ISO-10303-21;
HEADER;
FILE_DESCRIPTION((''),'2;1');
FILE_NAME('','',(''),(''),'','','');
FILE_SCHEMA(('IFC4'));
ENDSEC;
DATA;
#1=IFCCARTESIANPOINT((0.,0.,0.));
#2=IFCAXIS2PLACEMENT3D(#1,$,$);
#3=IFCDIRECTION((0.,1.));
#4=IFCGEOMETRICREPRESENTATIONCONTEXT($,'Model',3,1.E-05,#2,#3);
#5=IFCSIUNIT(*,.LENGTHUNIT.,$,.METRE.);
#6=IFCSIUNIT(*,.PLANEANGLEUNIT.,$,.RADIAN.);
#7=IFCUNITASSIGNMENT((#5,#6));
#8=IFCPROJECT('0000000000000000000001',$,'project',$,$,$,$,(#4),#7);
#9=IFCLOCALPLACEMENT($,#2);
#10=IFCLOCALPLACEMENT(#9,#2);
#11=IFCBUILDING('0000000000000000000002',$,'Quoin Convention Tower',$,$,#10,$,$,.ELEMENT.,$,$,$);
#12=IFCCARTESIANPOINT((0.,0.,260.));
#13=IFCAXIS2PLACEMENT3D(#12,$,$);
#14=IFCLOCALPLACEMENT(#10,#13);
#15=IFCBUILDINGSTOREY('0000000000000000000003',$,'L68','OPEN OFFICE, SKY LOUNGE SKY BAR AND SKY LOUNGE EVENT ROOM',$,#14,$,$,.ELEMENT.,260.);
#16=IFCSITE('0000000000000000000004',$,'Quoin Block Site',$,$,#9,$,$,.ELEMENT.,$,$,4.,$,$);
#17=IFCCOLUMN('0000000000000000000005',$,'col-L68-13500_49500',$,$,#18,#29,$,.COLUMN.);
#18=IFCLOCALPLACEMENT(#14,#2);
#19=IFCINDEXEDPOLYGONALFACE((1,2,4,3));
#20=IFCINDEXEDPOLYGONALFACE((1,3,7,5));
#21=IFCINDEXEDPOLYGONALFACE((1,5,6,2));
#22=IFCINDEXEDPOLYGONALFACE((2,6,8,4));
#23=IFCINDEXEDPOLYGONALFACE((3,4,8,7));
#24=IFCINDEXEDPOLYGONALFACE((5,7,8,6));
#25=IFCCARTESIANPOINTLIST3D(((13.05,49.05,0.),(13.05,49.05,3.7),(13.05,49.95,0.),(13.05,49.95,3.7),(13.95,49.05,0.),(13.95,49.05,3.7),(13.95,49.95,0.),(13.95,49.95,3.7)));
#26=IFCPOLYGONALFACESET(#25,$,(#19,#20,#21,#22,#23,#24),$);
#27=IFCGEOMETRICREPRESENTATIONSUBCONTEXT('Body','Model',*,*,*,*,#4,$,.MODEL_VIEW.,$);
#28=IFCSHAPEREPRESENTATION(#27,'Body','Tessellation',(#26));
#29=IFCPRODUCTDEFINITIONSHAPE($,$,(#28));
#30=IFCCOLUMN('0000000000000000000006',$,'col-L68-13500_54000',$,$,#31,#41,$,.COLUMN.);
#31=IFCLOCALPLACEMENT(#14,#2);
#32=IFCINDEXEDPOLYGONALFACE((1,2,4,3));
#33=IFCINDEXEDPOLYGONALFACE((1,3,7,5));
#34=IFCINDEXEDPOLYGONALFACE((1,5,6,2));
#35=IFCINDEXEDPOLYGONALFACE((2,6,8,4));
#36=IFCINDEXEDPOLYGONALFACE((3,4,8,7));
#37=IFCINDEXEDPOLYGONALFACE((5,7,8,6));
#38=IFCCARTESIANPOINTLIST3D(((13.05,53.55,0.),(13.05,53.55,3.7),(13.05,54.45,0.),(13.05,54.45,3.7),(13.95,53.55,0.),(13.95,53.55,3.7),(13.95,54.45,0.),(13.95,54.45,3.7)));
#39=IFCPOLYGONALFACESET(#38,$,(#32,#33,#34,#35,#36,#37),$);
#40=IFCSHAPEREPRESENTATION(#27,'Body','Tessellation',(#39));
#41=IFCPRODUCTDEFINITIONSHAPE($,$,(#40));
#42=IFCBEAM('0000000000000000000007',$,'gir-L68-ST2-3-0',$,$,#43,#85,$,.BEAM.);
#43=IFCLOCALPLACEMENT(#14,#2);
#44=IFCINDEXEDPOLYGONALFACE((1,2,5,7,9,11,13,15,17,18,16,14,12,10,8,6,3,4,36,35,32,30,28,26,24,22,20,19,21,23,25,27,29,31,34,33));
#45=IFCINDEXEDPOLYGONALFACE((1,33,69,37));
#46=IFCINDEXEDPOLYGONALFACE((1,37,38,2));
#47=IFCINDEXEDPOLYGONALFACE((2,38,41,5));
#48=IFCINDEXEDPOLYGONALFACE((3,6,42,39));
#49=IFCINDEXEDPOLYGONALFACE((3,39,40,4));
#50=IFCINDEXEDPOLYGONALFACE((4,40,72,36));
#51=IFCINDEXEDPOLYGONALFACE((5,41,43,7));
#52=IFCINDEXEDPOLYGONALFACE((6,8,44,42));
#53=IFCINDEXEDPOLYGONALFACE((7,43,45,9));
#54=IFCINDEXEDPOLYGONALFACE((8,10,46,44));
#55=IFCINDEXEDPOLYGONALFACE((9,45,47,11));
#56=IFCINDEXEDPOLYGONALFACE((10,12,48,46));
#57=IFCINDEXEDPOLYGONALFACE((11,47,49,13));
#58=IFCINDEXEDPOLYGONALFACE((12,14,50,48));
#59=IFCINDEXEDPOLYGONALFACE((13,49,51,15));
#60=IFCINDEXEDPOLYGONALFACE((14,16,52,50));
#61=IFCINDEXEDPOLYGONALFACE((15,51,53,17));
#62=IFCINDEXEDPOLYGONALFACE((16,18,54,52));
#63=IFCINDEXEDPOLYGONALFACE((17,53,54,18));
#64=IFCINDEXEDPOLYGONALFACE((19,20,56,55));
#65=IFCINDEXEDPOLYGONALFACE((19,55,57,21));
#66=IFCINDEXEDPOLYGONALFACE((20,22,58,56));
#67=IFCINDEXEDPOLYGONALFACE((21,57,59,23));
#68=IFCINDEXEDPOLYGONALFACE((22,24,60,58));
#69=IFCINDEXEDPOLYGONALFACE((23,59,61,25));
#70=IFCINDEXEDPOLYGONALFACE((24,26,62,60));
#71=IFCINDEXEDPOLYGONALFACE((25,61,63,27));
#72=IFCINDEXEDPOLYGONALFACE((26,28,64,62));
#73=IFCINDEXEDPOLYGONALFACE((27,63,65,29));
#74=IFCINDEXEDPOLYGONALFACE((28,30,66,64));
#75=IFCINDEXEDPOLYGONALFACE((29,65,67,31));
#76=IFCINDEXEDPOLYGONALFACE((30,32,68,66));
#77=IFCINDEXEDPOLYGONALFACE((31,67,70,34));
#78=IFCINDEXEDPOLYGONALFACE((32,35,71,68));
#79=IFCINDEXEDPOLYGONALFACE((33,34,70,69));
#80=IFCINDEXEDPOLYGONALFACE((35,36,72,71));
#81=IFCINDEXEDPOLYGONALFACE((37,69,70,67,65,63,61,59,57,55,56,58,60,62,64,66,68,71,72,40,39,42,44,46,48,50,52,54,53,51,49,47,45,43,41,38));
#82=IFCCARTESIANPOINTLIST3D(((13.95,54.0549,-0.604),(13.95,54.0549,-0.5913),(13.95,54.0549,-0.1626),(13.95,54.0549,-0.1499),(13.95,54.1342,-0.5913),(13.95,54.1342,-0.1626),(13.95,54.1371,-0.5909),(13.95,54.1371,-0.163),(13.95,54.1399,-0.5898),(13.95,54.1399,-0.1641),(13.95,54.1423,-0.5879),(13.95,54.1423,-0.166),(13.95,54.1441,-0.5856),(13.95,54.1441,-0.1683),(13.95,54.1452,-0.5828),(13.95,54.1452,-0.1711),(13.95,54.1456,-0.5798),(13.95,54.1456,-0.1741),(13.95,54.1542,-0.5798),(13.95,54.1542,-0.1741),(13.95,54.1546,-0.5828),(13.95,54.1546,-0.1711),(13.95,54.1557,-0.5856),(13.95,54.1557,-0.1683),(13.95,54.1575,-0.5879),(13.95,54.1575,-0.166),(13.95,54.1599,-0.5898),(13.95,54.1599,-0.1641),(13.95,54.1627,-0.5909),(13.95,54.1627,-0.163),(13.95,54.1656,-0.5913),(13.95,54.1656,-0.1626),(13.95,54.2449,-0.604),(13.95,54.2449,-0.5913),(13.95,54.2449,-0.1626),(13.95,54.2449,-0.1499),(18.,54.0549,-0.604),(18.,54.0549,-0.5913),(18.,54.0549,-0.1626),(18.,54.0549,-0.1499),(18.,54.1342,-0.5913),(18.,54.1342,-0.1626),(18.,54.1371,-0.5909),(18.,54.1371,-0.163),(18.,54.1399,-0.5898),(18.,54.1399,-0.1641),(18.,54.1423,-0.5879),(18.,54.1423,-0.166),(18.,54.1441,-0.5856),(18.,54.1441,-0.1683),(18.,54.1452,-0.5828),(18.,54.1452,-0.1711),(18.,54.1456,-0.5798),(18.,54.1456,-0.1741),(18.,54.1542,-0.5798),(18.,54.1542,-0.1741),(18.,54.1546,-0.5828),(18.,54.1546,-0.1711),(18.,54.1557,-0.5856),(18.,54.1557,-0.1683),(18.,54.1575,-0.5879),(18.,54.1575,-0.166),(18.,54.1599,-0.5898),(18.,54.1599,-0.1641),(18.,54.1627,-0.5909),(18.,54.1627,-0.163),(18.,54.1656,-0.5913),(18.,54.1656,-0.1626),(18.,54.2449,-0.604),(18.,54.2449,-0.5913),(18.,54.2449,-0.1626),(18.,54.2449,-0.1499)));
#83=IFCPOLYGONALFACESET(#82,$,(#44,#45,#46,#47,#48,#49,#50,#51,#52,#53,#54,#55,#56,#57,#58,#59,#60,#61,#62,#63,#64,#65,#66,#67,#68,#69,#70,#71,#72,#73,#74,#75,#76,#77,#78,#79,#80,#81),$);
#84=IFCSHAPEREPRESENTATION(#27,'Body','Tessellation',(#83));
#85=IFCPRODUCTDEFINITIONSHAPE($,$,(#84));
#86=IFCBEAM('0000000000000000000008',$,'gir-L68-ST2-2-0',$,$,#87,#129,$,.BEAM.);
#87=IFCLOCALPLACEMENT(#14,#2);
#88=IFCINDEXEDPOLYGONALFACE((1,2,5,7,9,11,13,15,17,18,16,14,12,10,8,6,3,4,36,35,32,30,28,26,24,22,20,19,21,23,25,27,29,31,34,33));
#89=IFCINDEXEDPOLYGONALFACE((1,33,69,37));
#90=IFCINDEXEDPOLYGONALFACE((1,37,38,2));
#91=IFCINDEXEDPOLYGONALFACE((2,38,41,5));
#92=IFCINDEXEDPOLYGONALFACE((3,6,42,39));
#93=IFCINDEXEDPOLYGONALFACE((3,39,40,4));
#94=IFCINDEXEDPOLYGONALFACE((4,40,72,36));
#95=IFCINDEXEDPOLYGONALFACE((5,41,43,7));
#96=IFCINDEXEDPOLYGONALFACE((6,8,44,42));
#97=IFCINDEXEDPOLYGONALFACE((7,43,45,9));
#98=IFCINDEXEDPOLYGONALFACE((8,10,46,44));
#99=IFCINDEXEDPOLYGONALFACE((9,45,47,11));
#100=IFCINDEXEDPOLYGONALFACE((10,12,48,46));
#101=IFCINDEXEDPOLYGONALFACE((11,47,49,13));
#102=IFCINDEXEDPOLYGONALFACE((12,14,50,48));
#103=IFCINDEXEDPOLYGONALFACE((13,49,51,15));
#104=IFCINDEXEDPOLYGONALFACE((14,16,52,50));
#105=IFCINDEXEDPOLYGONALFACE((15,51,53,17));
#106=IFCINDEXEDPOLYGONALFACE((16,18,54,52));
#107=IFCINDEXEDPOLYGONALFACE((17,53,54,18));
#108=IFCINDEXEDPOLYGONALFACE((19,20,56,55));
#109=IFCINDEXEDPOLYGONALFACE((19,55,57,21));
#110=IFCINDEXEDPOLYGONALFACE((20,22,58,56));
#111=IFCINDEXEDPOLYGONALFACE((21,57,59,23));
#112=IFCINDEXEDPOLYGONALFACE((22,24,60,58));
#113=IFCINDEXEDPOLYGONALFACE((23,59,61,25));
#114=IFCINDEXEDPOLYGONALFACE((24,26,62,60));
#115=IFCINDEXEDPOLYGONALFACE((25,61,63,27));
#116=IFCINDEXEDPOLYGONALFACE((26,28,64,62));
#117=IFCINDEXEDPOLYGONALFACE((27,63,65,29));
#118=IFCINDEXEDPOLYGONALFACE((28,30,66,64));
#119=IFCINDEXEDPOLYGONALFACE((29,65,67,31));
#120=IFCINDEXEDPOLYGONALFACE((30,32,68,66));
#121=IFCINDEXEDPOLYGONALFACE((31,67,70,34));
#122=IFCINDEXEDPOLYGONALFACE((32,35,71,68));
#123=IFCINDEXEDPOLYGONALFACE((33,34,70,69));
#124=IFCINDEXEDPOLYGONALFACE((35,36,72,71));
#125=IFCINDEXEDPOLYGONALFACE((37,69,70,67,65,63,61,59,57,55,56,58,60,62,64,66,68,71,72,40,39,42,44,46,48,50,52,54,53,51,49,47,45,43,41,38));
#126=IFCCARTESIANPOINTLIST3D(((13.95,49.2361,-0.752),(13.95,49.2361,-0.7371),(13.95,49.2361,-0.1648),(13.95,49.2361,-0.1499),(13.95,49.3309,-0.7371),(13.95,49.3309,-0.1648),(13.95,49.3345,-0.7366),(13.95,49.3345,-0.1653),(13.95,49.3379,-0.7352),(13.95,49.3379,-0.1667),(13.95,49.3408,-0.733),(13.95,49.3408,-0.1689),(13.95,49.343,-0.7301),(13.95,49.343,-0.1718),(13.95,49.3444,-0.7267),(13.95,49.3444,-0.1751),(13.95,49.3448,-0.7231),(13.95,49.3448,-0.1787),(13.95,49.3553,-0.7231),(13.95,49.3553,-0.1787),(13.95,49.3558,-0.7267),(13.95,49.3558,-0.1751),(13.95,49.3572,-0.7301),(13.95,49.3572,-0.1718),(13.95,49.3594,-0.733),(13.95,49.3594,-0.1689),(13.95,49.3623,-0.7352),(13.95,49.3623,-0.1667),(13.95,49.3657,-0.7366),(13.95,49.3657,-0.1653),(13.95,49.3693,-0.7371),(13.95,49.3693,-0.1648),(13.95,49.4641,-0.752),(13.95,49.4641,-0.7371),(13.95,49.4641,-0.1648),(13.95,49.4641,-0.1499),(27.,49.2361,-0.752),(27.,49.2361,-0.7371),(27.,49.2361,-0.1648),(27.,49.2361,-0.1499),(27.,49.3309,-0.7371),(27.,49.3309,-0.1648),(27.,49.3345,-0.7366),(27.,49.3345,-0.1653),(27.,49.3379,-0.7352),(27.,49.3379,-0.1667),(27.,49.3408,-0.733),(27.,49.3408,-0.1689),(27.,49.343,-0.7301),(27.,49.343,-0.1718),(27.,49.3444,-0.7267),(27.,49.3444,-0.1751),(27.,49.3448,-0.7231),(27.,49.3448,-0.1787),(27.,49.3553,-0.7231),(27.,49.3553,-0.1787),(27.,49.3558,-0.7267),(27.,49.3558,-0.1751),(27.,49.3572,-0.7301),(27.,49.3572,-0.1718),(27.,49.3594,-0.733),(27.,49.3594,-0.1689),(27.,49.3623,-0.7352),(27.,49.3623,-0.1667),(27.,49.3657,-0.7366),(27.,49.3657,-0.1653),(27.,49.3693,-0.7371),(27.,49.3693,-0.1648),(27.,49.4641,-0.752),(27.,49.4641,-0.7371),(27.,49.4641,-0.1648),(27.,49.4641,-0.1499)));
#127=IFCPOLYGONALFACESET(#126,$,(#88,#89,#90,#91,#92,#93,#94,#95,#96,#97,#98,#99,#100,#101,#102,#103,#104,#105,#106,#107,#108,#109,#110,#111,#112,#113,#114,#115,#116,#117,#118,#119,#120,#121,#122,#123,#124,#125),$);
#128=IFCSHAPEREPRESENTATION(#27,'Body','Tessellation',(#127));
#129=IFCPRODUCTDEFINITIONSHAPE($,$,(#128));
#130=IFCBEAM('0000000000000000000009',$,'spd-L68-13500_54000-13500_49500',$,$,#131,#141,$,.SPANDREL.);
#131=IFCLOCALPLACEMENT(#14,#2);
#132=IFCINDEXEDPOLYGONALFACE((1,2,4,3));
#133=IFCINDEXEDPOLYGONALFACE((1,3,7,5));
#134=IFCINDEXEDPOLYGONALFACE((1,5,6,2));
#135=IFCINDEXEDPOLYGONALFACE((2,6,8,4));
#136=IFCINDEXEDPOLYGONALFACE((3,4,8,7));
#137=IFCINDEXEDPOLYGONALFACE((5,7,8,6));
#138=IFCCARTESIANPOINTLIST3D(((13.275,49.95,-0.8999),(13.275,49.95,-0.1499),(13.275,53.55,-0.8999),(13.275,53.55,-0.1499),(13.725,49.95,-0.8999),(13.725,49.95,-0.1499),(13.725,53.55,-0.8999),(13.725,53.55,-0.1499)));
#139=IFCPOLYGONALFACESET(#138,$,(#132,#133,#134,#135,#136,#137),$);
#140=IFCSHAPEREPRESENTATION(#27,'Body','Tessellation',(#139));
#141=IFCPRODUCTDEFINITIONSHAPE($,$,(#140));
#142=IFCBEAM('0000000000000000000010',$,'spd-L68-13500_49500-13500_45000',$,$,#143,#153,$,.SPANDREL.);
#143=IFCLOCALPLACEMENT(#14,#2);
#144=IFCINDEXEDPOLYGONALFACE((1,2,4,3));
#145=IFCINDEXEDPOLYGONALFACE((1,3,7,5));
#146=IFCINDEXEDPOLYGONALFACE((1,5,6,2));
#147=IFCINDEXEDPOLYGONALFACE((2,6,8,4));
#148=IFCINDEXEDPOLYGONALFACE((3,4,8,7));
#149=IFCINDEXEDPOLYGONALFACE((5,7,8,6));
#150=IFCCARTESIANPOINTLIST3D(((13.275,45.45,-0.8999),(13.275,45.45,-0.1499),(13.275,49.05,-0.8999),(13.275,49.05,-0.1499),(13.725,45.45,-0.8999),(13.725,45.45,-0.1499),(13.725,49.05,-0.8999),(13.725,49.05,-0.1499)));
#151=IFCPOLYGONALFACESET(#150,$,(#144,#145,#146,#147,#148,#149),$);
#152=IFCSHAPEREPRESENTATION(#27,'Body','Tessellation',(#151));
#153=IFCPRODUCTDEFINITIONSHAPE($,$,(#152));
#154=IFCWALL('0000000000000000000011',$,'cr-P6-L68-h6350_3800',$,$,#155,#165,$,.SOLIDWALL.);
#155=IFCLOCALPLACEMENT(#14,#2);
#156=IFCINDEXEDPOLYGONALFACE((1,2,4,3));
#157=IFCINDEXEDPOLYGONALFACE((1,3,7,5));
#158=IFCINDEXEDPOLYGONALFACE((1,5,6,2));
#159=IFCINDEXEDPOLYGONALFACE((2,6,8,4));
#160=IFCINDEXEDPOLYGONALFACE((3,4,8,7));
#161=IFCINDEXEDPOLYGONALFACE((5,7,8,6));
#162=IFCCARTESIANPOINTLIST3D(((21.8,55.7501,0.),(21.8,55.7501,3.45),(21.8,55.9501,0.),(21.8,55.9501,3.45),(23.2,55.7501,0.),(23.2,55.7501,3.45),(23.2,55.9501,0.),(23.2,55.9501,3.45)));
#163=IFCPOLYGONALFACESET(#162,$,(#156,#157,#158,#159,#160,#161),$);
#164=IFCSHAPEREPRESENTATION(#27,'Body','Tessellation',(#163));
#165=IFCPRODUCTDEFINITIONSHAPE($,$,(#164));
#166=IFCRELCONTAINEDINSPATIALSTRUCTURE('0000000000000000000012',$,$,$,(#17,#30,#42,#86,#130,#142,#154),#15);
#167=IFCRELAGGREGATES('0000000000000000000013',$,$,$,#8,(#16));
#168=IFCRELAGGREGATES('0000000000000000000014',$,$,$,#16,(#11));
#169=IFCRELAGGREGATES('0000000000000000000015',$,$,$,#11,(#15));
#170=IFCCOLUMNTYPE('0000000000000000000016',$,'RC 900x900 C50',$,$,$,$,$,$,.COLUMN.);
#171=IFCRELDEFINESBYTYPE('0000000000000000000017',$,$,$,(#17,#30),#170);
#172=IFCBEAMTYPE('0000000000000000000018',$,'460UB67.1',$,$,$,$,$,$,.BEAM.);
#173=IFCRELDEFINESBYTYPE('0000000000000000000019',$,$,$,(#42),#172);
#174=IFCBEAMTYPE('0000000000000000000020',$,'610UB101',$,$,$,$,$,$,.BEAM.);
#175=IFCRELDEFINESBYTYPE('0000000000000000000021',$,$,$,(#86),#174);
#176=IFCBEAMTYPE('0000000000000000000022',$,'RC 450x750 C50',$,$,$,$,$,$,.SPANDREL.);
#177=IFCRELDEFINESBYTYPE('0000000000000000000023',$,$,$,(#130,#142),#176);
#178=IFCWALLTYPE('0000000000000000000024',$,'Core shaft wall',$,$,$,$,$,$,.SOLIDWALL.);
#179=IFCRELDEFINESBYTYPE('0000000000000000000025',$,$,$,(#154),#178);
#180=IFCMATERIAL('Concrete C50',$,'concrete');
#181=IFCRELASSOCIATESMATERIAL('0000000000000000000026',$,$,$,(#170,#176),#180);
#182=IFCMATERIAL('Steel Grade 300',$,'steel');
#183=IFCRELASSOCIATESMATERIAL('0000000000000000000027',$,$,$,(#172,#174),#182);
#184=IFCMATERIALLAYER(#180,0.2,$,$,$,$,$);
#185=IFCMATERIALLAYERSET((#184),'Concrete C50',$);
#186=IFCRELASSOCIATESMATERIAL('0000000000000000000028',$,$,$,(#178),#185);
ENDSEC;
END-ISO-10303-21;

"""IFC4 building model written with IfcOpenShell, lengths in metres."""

from ifc_helpers import new_model, si_unit, direction, frame, frame_2d, origin, origin_2d, place, context, subcontext, project, spatial, rectangle, i_section, extrude, material, layer, layer_set, material_profile, profile_set, type_object, element, save


model = new_model("IFC4")

# Units and contexts
model_context = context("Model", 3, precision=1e-05, world=origin(), true_north=direction((0.0, 1.0)))
body_context = subcontext(model_context, "Body", "Model", "MODEL_VIEW")
ifc_project = project(units=[si_unit("LENGTHUNIT", "METRE"), si_unit("PLANEANGLEUNIT", "RADIAN")], contexts=[model_context])

# Site, building, storey
site_placement = place(None, origin())
site = spatial("IfcSite", under=ifc_project, at=site_placement, Name="Quoin Block Site", CompositionType="ELEMENT", RefElevation=4.0)
building_placement = place(site_placement, origin())
building = spatial("IfcBuilding", under=site, at=building_placement, Name="Quoin Convention Tower", CompositionType="ELEMENT")
storey_placement = place(building_placement, frame((0.0, 0.0, 260.0)))
storey = spatial("IfcBuildingStorey", under=building, at=storey_placement, Name="L68", Description="OPEN OFFICE, SKY LOUNGE SKY BAR AND SKY LOUNGE EVENT ROOM", CompositionType="ELEMENT", Elevation=260.0)

# Columns
ifc_material_1 = material(Name="Concrete C50", Category="concrete")
ifc_material_profile_1 = material_profile(ifc_material_1, rectangle(XDim=0.8999, YDim=0.8999, at=origin_2d()), Name="RC 900x900")
ifc_profile_set_1 = profile_set([ifc_material_profile_1], Name="Concrete C50")
column_type = type_object("IfcColumnType", Name="RC 900x900 C50", PredefinedType="COLUMN", material=ifc_profile_set_1)
for number, where, z_axis, x_axis, name in (
    (1, (13.5, 49.5, 0.0), (0.0, 0.0, 1.0), (1.0, 0.0, 0.0), "col-L68-13500_49500"),
    (2, (13.5, 54.0, 0.0), (0.0, 0.0, 1.0), (1.0, 0.0, 0.0), "col-L68-13500_54000"),
):
    element("IfcColumn", number, at=place(storey_placement, frame(where, z_axis=z_axis, x_axis=x_axis)), inside=storey, type_object=column_type, Name=name, PredefinedType="COLUMN", context=body_context, shape_type="SweptSolid", body=[
        extrude(rectangle(XDim=0.8999, YDim=0.8999, at=origin_2d()), origin(), (0.0, 0.0, 1.0), 3.7),
    ])

# Beams
ifc_material_2 = material(Name="Steel Grade 300", Category="steel")
ifc_material_profile_2 = material_profile(ifc_material_2, i_section(OverallWidth=0.1899, OverallDepth=0.4541, WebThickness=0.0085, FlangeThickness=0.0127, FilletRadius=0.0115, at=origin_2d()), Name="460UB67.1")
ifc_profile_set_2 = profile_set([ifc_material_profile_2], Name="Steel Grade 300")
beam_type_1 = type_object("IfcBeamType", Name="460UB67.1", PredefinedType="BEAM", material=ifc_profile_set_2)
beam_1_placement = place(storey_placement, frame((13.95, 54.1499, -0.377), z_axis=(1.0, 0.0, 0.0), x_axis=(0.0, 1.0, 0.0)))
element("IfcBeam", 3, at=beam_1_placement, inside=storey, type_object=beam_type_1, Name="gir-L68-ST2-3-0", PredefinedType="BEAM", context=body_context, shape_type="SweptSolid", body=[
    extrude(i_section(OverallWidth=0.1899, OverallDepth=0.4541, WebThickness=0.0085, FlangeThickness=0.0127, FilletRadius=0.0115, at=origin_2d()), origin(), (0.0, 0.0, 1.0), 4.05),
])
ifc_material_profile_3 = material_profile(ifc_material_2, i_section(OverallWidth=0.228, OverallDepth=0.6021, WebThickness=0.0105, FlangeThickness=0.0149, FilletRadius=0.0139, at=origin_2d()), Name="610UB101")
ifc_profile_set_3 = profile_set([ifc_material_profile_3], Name="Steel Grade 300")
beam_type_2 = type_object("IfcBeamType", Name="610UB101", PredefinedType="BEAM", material=ifc_profile_set_3)
beam_2_placement = place(storey_placement, frame((13.95, 49.3501, -0.4509), z_axis=(1.0, 0.0, 0.0), x_axis=(0.0, 1.0, 0.0)))
element("IfcBeam", 4, at=beam_2_placement, inside=storey, type_object=beam_type_2, Name="gir-L68-ST2-2-0", PredefinedType="BEAM", context=body_context, shape_type="SweptSolid", body=[
    extrude(i_section(OverallWidth=0.228, OverallDepth=0.6021, WebThickness=0.0105, FlangeThickness=0.0149, FilletRadius=0.0139, at=origin_2d()), origin(), (0.0, 0.0, 1.0), 13.05),
])
ifc_material_profile_4 = material_profile(ifc_material_1, rectangle(XDim=0.45, YDim=0.75, at=origin_2d()), Name="RC 450x750")
ifc_profile_set_4 = profile_set([ifc_material_profile_4], Name="Concrete C50")
beam_type_3 = type_object("IfcBeamType", Name="RC 450x750 C50", PredefinedType="SPANDREL", material=ifc_profile_set_4)
for number, where, z_axis, x_axis, name in (
    (5, (13.5, 53.55, -0.5249), (0.0, -1.0, 0.0), (1.0, 0.0, 0.0), "spd-L68-13500_54000-13500_49500"),
    (6, (13.5, 49.05, -0.5249), (0.0, -1.0, 0.0), (1.0, 0.0, 0.0), "spd-L68-13500_49500-13500_45000"),
):
    element("IfcBeam", number, at=place(storey_placement, frame(where, z_axis=z_axis, x_axis=x_axis)), inside=storey, type_object=beam_type_3, Name=name, PredefinedType="SPANDREL", context=body_context, shape_type="SweptSolid", body=[
        extrude(rectangle(XDim=0.45, YDim=0.75, at=origin_2d()), origin(), (0.0, 0.0, 1.0), 3.6001),
    ])

# Wall
ifc_layer_1 = layer(ifc_material_1, 0.2)
ifc_layer_set_1 = layer_set([ifc_layer_1], Name="Concrete C50")
wall_type_1 = type_object("IfcWallType", Name="Core shaft wall", PredefinedType="SOLIDWALL", material=ifc_layer_set_1)
wall_1_placement = place(storey_placement, frame((21.8, 55.8501, 0.0), z_axis=(0.0, 0.0, 1.0), x_axis=(1.0, 0.0, 0.0)))
element("IfcWall", 7, at=wall_1_placement, inside=storey, type_object=wall_type_1, Name="cr-P6-L68-h6350_3800", PredefinedType="SOLIDWALL", context=body_context, shape_type="SweptSolid", body=[
    extrude(rectangle(XDim=1.3999, YDim=0.2, at=frame_2d((0.7, 0.0))), origin(), (0.0, 0.0, 1.0), 3.45),
])

save(model, "model.ifc")
